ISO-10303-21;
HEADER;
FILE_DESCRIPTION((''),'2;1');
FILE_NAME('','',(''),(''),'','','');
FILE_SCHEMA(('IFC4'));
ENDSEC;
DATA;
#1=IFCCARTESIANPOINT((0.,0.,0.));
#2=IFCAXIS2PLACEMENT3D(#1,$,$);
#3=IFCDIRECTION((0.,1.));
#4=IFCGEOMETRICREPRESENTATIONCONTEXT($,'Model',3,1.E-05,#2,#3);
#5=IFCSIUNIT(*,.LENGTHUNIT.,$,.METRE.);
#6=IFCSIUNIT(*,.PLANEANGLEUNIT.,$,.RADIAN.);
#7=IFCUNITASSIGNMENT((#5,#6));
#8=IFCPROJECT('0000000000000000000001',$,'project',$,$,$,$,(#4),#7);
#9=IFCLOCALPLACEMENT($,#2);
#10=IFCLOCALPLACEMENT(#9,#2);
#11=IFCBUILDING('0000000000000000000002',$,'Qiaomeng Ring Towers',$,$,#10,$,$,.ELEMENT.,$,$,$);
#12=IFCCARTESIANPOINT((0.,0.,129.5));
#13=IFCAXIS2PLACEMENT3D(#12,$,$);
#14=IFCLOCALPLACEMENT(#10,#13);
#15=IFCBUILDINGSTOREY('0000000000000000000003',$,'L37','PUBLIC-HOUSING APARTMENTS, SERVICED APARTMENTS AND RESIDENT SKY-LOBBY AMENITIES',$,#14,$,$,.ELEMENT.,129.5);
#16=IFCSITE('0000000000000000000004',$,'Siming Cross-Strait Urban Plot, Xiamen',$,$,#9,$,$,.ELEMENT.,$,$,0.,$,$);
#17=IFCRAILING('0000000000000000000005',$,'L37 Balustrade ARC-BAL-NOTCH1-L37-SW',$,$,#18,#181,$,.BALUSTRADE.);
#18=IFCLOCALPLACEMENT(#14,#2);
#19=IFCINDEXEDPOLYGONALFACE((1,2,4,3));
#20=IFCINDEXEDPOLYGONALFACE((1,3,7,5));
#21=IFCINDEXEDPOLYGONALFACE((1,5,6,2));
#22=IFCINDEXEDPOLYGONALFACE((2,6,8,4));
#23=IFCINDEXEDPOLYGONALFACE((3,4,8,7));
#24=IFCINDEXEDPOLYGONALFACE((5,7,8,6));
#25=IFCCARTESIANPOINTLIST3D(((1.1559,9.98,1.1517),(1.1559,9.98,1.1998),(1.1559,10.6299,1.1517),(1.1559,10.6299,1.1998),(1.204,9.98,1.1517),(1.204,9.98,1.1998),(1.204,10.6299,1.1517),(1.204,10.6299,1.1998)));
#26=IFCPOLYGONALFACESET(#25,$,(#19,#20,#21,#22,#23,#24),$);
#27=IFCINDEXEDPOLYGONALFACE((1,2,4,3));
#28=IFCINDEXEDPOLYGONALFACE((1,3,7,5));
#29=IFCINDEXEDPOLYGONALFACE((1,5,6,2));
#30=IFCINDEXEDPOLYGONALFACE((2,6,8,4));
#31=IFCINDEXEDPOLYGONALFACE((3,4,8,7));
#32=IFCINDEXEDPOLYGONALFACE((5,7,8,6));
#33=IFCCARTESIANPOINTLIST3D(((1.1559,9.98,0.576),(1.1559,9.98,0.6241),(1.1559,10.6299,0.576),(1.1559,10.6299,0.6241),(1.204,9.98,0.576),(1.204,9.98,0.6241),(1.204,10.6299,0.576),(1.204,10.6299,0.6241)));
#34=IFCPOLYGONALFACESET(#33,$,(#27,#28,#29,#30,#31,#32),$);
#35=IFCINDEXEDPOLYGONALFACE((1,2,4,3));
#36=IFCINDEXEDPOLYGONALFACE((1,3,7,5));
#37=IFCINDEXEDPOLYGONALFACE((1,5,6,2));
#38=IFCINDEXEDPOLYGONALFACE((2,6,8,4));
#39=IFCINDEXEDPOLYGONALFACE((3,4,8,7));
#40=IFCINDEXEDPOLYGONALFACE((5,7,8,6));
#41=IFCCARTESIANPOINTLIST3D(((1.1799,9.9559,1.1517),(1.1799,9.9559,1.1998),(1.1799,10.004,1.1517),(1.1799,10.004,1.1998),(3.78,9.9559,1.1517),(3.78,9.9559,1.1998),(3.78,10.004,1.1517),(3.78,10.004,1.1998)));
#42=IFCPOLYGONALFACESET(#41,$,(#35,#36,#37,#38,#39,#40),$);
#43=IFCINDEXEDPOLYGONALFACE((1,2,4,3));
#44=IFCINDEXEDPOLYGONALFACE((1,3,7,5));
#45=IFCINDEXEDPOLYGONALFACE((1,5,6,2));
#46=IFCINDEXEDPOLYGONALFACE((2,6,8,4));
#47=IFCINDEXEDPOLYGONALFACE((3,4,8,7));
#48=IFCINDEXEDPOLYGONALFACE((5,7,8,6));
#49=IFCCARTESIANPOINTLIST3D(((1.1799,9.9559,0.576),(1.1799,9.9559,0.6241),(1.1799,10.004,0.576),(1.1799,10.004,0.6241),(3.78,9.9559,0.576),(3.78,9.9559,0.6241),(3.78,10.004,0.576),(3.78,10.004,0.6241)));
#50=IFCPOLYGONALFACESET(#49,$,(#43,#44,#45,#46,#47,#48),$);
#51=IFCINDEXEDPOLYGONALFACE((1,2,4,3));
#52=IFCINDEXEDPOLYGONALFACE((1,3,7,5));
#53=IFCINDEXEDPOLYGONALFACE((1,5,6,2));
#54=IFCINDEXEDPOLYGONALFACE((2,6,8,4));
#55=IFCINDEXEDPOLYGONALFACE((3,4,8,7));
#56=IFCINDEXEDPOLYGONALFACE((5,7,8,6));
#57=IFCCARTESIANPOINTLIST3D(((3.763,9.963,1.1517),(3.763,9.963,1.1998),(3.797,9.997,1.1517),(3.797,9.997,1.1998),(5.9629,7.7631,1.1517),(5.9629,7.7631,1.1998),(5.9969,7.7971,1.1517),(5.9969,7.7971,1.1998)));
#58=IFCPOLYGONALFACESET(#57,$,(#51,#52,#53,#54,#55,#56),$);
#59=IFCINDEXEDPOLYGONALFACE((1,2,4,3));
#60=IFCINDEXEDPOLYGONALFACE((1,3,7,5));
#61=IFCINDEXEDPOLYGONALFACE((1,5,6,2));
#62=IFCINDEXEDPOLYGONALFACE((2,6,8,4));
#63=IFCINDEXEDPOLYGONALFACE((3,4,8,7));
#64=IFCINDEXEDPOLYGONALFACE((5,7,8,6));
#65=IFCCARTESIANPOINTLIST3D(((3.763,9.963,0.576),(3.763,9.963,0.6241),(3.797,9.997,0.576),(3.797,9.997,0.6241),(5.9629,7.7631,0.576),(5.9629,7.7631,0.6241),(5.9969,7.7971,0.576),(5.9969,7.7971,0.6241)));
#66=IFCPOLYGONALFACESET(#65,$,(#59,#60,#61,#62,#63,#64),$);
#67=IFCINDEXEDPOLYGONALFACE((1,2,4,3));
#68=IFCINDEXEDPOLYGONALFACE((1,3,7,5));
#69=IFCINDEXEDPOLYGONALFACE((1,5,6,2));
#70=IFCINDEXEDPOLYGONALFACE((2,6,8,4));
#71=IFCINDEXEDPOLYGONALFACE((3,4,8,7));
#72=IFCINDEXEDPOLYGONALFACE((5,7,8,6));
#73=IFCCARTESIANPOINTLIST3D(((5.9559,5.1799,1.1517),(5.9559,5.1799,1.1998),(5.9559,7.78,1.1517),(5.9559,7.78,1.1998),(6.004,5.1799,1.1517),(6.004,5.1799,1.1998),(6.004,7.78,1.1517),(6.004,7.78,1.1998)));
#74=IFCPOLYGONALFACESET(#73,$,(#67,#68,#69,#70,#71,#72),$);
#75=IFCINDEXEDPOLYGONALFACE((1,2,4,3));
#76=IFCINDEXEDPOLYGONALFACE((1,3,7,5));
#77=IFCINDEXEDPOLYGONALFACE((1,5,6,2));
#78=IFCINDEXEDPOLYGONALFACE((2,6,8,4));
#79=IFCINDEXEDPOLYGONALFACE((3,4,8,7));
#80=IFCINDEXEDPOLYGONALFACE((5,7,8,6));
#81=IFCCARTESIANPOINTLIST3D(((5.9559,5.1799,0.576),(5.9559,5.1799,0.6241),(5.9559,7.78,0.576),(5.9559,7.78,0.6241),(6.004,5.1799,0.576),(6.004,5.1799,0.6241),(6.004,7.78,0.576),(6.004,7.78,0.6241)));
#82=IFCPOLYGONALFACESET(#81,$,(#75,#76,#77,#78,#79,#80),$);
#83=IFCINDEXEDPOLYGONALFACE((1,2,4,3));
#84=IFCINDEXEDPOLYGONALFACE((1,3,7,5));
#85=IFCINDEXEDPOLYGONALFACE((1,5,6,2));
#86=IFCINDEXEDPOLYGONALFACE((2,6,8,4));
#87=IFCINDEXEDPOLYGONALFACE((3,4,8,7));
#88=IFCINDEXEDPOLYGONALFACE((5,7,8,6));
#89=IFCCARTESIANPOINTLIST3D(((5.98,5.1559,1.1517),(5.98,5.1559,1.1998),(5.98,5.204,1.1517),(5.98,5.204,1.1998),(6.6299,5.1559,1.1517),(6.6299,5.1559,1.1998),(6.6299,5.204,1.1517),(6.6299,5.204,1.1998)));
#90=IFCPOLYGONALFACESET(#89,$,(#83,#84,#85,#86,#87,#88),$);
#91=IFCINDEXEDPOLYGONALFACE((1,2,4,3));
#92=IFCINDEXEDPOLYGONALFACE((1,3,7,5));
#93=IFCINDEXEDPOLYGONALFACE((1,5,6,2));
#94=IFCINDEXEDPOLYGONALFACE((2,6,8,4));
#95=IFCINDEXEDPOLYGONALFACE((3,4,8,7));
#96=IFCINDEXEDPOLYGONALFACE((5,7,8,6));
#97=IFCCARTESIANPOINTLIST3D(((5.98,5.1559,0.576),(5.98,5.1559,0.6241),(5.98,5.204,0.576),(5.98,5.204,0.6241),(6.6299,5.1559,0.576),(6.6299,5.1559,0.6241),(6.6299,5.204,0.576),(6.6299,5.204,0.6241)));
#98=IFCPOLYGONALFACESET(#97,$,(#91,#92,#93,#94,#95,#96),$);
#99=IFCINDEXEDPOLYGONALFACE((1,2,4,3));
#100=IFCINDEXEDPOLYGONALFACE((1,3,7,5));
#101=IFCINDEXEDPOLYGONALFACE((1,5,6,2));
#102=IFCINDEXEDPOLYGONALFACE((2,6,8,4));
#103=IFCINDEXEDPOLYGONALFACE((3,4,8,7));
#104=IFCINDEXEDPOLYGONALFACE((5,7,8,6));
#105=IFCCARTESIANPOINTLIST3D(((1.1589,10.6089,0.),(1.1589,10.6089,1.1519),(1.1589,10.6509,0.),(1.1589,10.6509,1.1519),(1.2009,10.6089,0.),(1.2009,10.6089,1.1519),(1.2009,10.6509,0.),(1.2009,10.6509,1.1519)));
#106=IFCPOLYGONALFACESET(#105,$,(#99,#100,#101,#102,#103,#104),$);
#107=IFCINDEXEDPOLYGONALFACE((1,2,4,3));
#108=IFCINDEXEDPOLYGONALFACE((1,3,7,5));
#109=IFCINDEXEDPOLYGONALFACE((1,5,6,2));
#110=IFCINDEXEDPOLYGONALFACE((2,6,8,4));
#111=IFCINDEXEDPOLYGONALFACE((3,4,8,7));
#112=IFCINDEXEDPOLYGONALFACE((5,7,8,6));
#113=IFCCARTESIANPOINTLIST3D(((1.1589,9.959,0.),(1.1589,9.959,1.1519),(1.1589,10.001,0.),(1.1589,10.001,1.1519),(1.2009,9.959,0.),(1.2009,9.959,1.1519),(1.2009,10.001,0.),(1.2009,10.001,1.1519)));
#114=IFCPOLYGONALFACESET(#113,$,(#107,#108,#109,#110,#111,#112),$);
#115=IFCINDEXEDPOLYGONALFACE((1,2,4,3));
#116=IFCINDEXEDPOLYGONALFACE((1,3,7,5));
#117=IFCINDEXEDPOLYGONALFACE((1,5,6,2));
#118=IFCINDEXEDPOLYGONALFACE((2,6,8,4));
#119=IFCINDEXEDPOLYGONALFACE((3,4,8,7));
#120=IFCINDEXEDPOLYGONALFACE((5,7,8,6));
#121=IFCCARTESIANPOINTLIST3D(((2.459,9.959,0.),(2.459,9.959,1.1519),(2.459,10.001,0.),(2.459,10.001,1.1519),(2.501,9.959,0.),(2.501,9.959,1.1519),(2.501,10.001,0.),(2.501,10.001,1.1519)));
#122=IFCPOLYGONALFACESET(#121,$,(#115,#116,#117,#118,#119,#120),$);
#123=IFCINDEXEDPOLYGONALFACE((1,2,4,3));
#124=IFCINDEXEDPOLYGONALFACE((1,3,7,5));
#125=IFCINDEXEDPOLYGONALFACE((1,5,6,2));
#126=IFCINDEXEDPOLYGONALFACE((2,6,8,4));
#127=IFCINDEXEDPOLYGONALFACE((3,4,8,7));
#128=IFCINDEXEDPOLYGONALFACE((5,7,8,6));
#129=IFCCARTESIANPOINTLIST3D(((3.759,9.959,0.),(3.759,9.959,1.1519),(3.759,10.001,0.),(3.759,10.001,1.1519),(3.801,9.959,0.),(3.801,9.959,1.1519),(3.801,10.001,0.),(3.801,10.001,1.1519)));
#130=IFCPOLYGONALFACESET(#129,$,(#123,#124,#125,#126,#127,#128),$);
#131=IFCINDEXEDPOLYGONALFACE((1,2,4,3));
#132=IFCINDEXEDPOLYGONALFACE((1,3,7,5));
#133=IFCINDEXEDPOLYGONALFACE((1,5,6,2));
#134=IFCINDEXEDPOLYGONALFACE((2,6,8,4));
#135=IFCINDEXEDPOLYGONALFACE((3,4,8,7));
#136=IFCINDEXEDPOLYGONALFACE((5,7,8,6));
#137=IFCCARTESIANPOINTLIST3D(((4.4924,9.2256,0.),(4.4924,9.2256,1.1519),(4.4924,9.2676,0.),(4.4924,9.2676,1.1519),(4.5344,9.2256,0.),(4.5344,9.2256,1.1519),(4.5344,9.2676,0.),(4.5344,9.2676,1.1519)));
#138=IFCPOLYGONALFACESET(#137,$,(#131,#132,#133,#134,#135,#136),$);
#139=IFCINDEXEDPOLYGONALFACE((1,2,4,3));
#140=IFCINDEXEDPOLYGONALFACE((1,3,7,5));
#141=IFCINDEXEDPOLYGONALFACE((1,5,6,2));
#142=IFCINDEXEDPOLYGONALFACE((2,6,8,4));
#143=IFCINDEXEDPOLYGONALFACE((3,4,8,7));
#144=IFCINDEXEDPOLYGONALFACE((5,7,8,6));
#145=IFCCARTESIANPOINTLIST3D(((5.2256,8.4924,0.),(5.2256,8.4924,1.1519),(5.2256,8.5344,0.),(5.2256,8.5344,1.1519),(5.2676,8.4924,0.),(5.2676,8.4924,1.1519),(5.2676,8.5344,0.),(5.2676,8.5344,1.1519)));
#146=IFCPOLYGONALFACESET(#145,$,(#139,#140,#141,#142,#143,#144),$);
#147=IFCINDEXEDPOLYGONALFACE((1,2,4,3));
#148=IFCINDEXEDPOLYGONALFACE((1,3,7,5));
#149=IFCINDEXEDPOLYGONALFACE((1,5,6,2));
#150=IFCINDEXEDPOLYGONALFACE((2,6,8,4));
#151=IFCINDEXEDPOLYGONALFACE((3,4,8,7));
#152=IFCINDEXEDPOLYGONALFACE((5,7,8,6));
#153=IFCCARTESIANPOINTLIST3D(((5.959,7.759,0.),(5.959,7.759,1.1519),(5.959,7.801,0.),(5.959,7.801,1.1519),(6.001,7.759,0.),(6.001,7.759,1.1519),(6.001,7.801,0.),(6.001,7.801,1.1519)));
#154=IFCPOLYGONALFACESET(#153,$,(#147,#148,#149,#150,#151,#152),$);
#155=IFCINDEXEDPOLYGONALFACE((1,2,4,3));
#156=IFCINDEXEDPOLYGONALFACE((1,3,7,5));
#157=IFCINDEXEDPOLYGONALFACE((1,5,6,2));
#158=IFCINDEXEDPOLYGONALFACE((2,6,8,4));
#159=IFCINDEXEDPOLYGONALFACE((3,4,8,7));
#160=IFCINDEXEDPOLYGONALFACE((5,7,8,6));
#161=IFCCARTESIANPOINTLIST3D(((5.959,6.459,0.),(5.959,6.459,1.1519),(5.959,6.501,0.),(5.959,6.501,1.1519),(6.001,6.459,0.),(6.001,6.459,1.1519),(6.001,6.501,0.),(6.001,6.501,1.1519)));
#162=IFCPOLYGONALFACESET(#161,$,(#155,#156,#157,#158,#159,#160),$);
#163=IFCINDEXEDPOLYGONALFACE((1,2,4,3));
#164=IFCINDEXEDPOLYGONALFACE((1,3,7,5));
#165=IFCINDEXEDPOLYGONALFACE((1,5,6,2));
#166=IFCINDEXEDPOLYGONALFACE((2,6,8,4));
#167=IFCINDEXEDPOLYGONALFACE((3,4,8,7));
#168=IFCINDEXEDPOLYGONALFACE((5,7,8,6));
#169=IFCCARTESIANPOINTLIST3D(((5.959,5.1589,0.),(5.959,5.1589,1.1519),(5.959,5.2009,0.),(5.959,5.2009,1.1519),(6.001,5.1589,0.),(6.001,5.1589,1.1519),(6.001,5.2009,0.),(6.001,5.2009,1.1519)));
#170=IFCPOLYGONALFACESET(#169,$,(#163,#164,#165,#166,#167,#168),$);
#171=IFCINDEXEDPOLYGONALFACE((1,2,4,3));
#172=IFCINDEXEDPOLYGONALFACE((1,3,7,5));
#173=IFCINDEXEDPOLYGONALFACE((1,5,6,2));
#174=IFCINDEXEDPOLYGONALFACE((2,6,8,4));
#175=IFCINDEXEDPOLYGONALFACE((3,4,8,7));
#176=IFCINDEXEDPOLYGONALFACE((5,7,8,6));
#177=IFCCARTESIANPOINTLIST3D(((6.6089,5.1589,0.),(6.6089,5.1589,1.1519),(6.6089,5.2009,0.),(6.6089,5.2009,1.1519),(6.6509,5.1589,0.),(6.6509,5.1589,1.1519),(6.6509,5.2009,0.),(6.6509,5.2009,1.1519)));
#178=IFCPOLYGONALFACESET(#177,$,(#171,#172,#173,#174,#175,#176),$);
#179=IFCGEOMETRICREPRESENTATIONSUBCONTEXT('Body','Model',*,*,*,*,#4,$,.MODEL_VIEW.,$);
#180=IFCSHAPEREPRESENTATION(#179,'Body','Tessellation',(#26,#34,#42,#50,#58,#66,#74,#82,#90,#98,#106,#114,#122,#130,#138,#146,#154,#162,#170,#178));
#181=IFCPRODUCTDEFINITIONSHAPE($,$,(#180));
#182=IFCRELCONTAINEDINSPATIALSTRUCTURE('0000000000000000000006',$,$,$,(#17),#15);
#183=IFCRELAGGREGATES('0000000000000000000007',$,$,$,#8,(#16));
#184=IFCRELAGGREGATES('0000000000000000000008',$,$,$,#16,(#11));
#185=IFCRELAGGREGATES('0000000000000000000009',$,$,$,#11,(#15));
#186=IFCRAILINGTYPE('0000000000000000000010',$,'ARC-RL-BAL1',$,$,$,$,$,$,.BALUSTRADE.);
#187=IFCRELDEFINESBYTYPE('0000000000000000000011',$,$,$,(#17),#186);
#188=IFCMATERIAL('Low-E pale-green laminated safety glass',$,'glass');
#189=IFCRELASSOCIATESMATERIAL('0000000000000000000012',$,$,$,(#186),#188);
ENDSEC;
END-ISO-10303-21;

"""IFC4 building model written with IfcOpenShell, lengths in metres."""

from ifc_helpers import new_model, si_unit, direction, frame, origin, origin_2d, place, context, subcontext, project, spatial, rectangle, extrude, material, type_object, element, save


model = new_model("IFC4")

# Units and contexts
model_context = context("Model", 3, precision=1e-05, world=origin(), true_north=direction((0.0, 1.0)))
body_context = subcontext(model_context, "Body", "Model", "MODEL_VIEW")
ifc_project = project(units=[si_unit("LENGTHUNIT", "METRE"), si_unit("PLANEANGLEUNIT", "RADIAN")], contexts=[model_context])

# Site, building, storey
site_placement = place(None, origin())
site = spatial("IfcSite", under=ifc_project, at=site_placement, Name="Siming Cross-Strait Urban Plot, Xiamen", CompositionType="ELEMENT", RefElevation=0.0)
building_placement = place(site_placement, origin())
building = spatial("IfcBuilding", under=site, at=building_placement, Name="Qiaomeng Ring Towers", CompositionType="ELEMENT")
storey_placement = place(building_placement, frame((0.0, 0.0, 129.5)))
storey = spatial("IfcBuildingStorey", under=building, at=storey_placement, Name="L37", Description="PUBLIC-HOUSING APARTMENTS, SERVICED APARTMENTS AND RESIDENT SKY-LOBBY AMENITIES", CompositionType="ELEMENT", Elevation=129.5)

# Railing
ifc_material_1 = material(Name="Low-E pale-green laminated safety glass", Category="glass")
railing_type = type_object("IfcRailingType", Name="ARC-RL-BAL1", PredefinedType="BALUSTRADE", material=ifc_material_1)
railing_placement = place(storey_placement, frame((1.1799, 10.6299, 0.0)))
element("IfcRailing", 1, at=railing_placement, inside=storey, type_object=railing_type, Name="L37 Balustrade ARC-BAL-NOTCH1-L37-SW", PredefinedType="BALUSTRADE", context=body_context, shape_type="SweptSolid", body=[
    extrude(rectangle(XDim=0.0481, YDim=0.0481, at=origin_2d()), frame((0.0, 0.0, 1.1758), z_axis=(0.0, -1.0, 0.0), x_axis=(1.0, 0.0, 0.0)), (0.0, 0.0, 1.0), 0.6499),
    extrude(rectangle(XDim=0.0481, YDim=0.0481, at=origin_2d()), frame((0.0, 0.0, 0.6001), z_axis=(0.0, -1.0, 0.0), x_axis=(1.0, 0.0, 0.0)), (0.0, 0.0, 1.0), 0.6499),
    extrude(rectangle(XDim=0.0481, YDim=0.0481, at=origin_2d()), frame((0.0, -0.6499, 1.1758), z_axis=(1.0, 0.0, 0.0), x_axis=(0.0, 1.0, 0.0)), (0.0, 0.0, 1.0), 2.6001),
    extrude(rectangle(XDim=0.0481, YDim=0.0481, at=origin_2d()), frame((0.0, -0.6499, 0.6001), z_axis=(1.0, 0.0, 0.0), x_axis=(0.0, 1.0, 0.0)), (0.0, 0.0, 1.0), 2.6001),
    extrude(rectangle(XDim=0.0481, YDim=0.0481, at=origin_2d()), frame((2.6001, -0.6499, 1.1758), z_axis=(0.707107, -0.707107, 0.0), x_axis=(0.707107, 0.707107, 0.0)), (0.0, 0.0, 1.0), 3.1111),
    extrude(rectangle(XDim=0.0481, YDim=0.0481, at=origin_2d()), frame((2.6001, -0.6499, 0.6001), z_axis=(0.707107, -0.707107, 0.0), x_axis=(0.707107, 0.707107, 0.0)), (0.0, 0.0, 1.0), 3.1111),
    extrude(rectangle(XDim=0.0481, YDim=0.0481, at=origin_2d()), frame((4.8, -2.8499, 1.1758), z_axis=(0.0, -1.0, 0.0), x_axis=(1.0, 0.0, 0.0)), (0.0, 0.0, 1.0), 2.6001),
    extrude(rectangle(XDim=0.0481, YDim=0.0481, at=origin_2d()), frame((4.8, -2.8499, 0.6001), z_axis=(0.0, -1.0, 0.0), x_axis=(1.0, 0.0, 0.0)), (0.0, 0.0, 1.0), 2.6001),
    extrude(rectangle(XDim=0.0481, YDim=0.0481, at=origin_2d()), frame((4.8, -5.45, 1.1758), z_axis=(1.0, 0.0, 0.0), x_axis=(0.0, 1.0, 0.0)), (0.0, 0.0, 1.0), 0.6499),
    extrude(rectangle(XDim=0.0481, YDim=0.0481, at=origin_2d()), frame((4.8, -5.45, 0.6001), z_axis=(1.0, 0.0, 0.0), x_axis=(0.0, 1.0, 0.0)), (0.0, 0.0, 1.0), 0.6499),
    extrude(rectangle(XDim=0.042, YDim=0.042, at=origin_2d()), origin(), (0.0, 0.0, 1.0), 1.1519),
    extrude(rectangle(XDim=0.042, YDim=0.042, at=origin_2d()), frame((0.0, -0.6499, 0.0)), (0.0, 0.0, 1.0), 1.1519),
    extrude(rectangle(XDim=0.042, YDim=0.042, at=origin_2d()), frame((1.3, -0.6499, 0.0)), (0.0, 0.0, 1.0), 1.1519),
    extrude(rectangle(XDim=0.042, YDim=0.042, at=origin_2d()), frame((2.6001, -0.6499, 0.0)), (0.0, 0.0, 1.0), 1.1519),
    extrude(rectangle(XDim=0.042, YDim=0.042, at=origin_2d()), frame((3.3335, -1.3833, 0.0)), (0.0, 0.0, 1.0), 1.1519),
    extrude(rectangle(XDim=0.042, YDim=0.042, at=origin_2d()), frame((4.0667, -2.1165, 0.0)), (0.0, 0.0, 1.0), 1.1519),
    extrude(rectangle(XDim=0.042, YDim=0.042, at=origin_2d()), frame((4.8, -2.8499, 0.0)), (0.0, 0.0, 1.0), 1.1519),
    extrude(rectangle(XDim=0.042, YDim=0.042, at=origin_2d()), frame((4.8, -4.1499, 0.0)), (0.0, 0.0, 1.0), 1.1519),
    extrude(rectangle(XDim=0.042, YDim=0.042, at=origin_2d()), frame((4.8, -5.45, 0.0)), (0.0, 0.0, 1.0), 1.1519),
    extrude(rectangle(XDim=0.042, YDim=0.042, at=origin_2d()), frame((5.45, -5.45, 0.0)), (0.0, 0.0, 1.0), 1.1519),
])

save(model, "model.ifc")
